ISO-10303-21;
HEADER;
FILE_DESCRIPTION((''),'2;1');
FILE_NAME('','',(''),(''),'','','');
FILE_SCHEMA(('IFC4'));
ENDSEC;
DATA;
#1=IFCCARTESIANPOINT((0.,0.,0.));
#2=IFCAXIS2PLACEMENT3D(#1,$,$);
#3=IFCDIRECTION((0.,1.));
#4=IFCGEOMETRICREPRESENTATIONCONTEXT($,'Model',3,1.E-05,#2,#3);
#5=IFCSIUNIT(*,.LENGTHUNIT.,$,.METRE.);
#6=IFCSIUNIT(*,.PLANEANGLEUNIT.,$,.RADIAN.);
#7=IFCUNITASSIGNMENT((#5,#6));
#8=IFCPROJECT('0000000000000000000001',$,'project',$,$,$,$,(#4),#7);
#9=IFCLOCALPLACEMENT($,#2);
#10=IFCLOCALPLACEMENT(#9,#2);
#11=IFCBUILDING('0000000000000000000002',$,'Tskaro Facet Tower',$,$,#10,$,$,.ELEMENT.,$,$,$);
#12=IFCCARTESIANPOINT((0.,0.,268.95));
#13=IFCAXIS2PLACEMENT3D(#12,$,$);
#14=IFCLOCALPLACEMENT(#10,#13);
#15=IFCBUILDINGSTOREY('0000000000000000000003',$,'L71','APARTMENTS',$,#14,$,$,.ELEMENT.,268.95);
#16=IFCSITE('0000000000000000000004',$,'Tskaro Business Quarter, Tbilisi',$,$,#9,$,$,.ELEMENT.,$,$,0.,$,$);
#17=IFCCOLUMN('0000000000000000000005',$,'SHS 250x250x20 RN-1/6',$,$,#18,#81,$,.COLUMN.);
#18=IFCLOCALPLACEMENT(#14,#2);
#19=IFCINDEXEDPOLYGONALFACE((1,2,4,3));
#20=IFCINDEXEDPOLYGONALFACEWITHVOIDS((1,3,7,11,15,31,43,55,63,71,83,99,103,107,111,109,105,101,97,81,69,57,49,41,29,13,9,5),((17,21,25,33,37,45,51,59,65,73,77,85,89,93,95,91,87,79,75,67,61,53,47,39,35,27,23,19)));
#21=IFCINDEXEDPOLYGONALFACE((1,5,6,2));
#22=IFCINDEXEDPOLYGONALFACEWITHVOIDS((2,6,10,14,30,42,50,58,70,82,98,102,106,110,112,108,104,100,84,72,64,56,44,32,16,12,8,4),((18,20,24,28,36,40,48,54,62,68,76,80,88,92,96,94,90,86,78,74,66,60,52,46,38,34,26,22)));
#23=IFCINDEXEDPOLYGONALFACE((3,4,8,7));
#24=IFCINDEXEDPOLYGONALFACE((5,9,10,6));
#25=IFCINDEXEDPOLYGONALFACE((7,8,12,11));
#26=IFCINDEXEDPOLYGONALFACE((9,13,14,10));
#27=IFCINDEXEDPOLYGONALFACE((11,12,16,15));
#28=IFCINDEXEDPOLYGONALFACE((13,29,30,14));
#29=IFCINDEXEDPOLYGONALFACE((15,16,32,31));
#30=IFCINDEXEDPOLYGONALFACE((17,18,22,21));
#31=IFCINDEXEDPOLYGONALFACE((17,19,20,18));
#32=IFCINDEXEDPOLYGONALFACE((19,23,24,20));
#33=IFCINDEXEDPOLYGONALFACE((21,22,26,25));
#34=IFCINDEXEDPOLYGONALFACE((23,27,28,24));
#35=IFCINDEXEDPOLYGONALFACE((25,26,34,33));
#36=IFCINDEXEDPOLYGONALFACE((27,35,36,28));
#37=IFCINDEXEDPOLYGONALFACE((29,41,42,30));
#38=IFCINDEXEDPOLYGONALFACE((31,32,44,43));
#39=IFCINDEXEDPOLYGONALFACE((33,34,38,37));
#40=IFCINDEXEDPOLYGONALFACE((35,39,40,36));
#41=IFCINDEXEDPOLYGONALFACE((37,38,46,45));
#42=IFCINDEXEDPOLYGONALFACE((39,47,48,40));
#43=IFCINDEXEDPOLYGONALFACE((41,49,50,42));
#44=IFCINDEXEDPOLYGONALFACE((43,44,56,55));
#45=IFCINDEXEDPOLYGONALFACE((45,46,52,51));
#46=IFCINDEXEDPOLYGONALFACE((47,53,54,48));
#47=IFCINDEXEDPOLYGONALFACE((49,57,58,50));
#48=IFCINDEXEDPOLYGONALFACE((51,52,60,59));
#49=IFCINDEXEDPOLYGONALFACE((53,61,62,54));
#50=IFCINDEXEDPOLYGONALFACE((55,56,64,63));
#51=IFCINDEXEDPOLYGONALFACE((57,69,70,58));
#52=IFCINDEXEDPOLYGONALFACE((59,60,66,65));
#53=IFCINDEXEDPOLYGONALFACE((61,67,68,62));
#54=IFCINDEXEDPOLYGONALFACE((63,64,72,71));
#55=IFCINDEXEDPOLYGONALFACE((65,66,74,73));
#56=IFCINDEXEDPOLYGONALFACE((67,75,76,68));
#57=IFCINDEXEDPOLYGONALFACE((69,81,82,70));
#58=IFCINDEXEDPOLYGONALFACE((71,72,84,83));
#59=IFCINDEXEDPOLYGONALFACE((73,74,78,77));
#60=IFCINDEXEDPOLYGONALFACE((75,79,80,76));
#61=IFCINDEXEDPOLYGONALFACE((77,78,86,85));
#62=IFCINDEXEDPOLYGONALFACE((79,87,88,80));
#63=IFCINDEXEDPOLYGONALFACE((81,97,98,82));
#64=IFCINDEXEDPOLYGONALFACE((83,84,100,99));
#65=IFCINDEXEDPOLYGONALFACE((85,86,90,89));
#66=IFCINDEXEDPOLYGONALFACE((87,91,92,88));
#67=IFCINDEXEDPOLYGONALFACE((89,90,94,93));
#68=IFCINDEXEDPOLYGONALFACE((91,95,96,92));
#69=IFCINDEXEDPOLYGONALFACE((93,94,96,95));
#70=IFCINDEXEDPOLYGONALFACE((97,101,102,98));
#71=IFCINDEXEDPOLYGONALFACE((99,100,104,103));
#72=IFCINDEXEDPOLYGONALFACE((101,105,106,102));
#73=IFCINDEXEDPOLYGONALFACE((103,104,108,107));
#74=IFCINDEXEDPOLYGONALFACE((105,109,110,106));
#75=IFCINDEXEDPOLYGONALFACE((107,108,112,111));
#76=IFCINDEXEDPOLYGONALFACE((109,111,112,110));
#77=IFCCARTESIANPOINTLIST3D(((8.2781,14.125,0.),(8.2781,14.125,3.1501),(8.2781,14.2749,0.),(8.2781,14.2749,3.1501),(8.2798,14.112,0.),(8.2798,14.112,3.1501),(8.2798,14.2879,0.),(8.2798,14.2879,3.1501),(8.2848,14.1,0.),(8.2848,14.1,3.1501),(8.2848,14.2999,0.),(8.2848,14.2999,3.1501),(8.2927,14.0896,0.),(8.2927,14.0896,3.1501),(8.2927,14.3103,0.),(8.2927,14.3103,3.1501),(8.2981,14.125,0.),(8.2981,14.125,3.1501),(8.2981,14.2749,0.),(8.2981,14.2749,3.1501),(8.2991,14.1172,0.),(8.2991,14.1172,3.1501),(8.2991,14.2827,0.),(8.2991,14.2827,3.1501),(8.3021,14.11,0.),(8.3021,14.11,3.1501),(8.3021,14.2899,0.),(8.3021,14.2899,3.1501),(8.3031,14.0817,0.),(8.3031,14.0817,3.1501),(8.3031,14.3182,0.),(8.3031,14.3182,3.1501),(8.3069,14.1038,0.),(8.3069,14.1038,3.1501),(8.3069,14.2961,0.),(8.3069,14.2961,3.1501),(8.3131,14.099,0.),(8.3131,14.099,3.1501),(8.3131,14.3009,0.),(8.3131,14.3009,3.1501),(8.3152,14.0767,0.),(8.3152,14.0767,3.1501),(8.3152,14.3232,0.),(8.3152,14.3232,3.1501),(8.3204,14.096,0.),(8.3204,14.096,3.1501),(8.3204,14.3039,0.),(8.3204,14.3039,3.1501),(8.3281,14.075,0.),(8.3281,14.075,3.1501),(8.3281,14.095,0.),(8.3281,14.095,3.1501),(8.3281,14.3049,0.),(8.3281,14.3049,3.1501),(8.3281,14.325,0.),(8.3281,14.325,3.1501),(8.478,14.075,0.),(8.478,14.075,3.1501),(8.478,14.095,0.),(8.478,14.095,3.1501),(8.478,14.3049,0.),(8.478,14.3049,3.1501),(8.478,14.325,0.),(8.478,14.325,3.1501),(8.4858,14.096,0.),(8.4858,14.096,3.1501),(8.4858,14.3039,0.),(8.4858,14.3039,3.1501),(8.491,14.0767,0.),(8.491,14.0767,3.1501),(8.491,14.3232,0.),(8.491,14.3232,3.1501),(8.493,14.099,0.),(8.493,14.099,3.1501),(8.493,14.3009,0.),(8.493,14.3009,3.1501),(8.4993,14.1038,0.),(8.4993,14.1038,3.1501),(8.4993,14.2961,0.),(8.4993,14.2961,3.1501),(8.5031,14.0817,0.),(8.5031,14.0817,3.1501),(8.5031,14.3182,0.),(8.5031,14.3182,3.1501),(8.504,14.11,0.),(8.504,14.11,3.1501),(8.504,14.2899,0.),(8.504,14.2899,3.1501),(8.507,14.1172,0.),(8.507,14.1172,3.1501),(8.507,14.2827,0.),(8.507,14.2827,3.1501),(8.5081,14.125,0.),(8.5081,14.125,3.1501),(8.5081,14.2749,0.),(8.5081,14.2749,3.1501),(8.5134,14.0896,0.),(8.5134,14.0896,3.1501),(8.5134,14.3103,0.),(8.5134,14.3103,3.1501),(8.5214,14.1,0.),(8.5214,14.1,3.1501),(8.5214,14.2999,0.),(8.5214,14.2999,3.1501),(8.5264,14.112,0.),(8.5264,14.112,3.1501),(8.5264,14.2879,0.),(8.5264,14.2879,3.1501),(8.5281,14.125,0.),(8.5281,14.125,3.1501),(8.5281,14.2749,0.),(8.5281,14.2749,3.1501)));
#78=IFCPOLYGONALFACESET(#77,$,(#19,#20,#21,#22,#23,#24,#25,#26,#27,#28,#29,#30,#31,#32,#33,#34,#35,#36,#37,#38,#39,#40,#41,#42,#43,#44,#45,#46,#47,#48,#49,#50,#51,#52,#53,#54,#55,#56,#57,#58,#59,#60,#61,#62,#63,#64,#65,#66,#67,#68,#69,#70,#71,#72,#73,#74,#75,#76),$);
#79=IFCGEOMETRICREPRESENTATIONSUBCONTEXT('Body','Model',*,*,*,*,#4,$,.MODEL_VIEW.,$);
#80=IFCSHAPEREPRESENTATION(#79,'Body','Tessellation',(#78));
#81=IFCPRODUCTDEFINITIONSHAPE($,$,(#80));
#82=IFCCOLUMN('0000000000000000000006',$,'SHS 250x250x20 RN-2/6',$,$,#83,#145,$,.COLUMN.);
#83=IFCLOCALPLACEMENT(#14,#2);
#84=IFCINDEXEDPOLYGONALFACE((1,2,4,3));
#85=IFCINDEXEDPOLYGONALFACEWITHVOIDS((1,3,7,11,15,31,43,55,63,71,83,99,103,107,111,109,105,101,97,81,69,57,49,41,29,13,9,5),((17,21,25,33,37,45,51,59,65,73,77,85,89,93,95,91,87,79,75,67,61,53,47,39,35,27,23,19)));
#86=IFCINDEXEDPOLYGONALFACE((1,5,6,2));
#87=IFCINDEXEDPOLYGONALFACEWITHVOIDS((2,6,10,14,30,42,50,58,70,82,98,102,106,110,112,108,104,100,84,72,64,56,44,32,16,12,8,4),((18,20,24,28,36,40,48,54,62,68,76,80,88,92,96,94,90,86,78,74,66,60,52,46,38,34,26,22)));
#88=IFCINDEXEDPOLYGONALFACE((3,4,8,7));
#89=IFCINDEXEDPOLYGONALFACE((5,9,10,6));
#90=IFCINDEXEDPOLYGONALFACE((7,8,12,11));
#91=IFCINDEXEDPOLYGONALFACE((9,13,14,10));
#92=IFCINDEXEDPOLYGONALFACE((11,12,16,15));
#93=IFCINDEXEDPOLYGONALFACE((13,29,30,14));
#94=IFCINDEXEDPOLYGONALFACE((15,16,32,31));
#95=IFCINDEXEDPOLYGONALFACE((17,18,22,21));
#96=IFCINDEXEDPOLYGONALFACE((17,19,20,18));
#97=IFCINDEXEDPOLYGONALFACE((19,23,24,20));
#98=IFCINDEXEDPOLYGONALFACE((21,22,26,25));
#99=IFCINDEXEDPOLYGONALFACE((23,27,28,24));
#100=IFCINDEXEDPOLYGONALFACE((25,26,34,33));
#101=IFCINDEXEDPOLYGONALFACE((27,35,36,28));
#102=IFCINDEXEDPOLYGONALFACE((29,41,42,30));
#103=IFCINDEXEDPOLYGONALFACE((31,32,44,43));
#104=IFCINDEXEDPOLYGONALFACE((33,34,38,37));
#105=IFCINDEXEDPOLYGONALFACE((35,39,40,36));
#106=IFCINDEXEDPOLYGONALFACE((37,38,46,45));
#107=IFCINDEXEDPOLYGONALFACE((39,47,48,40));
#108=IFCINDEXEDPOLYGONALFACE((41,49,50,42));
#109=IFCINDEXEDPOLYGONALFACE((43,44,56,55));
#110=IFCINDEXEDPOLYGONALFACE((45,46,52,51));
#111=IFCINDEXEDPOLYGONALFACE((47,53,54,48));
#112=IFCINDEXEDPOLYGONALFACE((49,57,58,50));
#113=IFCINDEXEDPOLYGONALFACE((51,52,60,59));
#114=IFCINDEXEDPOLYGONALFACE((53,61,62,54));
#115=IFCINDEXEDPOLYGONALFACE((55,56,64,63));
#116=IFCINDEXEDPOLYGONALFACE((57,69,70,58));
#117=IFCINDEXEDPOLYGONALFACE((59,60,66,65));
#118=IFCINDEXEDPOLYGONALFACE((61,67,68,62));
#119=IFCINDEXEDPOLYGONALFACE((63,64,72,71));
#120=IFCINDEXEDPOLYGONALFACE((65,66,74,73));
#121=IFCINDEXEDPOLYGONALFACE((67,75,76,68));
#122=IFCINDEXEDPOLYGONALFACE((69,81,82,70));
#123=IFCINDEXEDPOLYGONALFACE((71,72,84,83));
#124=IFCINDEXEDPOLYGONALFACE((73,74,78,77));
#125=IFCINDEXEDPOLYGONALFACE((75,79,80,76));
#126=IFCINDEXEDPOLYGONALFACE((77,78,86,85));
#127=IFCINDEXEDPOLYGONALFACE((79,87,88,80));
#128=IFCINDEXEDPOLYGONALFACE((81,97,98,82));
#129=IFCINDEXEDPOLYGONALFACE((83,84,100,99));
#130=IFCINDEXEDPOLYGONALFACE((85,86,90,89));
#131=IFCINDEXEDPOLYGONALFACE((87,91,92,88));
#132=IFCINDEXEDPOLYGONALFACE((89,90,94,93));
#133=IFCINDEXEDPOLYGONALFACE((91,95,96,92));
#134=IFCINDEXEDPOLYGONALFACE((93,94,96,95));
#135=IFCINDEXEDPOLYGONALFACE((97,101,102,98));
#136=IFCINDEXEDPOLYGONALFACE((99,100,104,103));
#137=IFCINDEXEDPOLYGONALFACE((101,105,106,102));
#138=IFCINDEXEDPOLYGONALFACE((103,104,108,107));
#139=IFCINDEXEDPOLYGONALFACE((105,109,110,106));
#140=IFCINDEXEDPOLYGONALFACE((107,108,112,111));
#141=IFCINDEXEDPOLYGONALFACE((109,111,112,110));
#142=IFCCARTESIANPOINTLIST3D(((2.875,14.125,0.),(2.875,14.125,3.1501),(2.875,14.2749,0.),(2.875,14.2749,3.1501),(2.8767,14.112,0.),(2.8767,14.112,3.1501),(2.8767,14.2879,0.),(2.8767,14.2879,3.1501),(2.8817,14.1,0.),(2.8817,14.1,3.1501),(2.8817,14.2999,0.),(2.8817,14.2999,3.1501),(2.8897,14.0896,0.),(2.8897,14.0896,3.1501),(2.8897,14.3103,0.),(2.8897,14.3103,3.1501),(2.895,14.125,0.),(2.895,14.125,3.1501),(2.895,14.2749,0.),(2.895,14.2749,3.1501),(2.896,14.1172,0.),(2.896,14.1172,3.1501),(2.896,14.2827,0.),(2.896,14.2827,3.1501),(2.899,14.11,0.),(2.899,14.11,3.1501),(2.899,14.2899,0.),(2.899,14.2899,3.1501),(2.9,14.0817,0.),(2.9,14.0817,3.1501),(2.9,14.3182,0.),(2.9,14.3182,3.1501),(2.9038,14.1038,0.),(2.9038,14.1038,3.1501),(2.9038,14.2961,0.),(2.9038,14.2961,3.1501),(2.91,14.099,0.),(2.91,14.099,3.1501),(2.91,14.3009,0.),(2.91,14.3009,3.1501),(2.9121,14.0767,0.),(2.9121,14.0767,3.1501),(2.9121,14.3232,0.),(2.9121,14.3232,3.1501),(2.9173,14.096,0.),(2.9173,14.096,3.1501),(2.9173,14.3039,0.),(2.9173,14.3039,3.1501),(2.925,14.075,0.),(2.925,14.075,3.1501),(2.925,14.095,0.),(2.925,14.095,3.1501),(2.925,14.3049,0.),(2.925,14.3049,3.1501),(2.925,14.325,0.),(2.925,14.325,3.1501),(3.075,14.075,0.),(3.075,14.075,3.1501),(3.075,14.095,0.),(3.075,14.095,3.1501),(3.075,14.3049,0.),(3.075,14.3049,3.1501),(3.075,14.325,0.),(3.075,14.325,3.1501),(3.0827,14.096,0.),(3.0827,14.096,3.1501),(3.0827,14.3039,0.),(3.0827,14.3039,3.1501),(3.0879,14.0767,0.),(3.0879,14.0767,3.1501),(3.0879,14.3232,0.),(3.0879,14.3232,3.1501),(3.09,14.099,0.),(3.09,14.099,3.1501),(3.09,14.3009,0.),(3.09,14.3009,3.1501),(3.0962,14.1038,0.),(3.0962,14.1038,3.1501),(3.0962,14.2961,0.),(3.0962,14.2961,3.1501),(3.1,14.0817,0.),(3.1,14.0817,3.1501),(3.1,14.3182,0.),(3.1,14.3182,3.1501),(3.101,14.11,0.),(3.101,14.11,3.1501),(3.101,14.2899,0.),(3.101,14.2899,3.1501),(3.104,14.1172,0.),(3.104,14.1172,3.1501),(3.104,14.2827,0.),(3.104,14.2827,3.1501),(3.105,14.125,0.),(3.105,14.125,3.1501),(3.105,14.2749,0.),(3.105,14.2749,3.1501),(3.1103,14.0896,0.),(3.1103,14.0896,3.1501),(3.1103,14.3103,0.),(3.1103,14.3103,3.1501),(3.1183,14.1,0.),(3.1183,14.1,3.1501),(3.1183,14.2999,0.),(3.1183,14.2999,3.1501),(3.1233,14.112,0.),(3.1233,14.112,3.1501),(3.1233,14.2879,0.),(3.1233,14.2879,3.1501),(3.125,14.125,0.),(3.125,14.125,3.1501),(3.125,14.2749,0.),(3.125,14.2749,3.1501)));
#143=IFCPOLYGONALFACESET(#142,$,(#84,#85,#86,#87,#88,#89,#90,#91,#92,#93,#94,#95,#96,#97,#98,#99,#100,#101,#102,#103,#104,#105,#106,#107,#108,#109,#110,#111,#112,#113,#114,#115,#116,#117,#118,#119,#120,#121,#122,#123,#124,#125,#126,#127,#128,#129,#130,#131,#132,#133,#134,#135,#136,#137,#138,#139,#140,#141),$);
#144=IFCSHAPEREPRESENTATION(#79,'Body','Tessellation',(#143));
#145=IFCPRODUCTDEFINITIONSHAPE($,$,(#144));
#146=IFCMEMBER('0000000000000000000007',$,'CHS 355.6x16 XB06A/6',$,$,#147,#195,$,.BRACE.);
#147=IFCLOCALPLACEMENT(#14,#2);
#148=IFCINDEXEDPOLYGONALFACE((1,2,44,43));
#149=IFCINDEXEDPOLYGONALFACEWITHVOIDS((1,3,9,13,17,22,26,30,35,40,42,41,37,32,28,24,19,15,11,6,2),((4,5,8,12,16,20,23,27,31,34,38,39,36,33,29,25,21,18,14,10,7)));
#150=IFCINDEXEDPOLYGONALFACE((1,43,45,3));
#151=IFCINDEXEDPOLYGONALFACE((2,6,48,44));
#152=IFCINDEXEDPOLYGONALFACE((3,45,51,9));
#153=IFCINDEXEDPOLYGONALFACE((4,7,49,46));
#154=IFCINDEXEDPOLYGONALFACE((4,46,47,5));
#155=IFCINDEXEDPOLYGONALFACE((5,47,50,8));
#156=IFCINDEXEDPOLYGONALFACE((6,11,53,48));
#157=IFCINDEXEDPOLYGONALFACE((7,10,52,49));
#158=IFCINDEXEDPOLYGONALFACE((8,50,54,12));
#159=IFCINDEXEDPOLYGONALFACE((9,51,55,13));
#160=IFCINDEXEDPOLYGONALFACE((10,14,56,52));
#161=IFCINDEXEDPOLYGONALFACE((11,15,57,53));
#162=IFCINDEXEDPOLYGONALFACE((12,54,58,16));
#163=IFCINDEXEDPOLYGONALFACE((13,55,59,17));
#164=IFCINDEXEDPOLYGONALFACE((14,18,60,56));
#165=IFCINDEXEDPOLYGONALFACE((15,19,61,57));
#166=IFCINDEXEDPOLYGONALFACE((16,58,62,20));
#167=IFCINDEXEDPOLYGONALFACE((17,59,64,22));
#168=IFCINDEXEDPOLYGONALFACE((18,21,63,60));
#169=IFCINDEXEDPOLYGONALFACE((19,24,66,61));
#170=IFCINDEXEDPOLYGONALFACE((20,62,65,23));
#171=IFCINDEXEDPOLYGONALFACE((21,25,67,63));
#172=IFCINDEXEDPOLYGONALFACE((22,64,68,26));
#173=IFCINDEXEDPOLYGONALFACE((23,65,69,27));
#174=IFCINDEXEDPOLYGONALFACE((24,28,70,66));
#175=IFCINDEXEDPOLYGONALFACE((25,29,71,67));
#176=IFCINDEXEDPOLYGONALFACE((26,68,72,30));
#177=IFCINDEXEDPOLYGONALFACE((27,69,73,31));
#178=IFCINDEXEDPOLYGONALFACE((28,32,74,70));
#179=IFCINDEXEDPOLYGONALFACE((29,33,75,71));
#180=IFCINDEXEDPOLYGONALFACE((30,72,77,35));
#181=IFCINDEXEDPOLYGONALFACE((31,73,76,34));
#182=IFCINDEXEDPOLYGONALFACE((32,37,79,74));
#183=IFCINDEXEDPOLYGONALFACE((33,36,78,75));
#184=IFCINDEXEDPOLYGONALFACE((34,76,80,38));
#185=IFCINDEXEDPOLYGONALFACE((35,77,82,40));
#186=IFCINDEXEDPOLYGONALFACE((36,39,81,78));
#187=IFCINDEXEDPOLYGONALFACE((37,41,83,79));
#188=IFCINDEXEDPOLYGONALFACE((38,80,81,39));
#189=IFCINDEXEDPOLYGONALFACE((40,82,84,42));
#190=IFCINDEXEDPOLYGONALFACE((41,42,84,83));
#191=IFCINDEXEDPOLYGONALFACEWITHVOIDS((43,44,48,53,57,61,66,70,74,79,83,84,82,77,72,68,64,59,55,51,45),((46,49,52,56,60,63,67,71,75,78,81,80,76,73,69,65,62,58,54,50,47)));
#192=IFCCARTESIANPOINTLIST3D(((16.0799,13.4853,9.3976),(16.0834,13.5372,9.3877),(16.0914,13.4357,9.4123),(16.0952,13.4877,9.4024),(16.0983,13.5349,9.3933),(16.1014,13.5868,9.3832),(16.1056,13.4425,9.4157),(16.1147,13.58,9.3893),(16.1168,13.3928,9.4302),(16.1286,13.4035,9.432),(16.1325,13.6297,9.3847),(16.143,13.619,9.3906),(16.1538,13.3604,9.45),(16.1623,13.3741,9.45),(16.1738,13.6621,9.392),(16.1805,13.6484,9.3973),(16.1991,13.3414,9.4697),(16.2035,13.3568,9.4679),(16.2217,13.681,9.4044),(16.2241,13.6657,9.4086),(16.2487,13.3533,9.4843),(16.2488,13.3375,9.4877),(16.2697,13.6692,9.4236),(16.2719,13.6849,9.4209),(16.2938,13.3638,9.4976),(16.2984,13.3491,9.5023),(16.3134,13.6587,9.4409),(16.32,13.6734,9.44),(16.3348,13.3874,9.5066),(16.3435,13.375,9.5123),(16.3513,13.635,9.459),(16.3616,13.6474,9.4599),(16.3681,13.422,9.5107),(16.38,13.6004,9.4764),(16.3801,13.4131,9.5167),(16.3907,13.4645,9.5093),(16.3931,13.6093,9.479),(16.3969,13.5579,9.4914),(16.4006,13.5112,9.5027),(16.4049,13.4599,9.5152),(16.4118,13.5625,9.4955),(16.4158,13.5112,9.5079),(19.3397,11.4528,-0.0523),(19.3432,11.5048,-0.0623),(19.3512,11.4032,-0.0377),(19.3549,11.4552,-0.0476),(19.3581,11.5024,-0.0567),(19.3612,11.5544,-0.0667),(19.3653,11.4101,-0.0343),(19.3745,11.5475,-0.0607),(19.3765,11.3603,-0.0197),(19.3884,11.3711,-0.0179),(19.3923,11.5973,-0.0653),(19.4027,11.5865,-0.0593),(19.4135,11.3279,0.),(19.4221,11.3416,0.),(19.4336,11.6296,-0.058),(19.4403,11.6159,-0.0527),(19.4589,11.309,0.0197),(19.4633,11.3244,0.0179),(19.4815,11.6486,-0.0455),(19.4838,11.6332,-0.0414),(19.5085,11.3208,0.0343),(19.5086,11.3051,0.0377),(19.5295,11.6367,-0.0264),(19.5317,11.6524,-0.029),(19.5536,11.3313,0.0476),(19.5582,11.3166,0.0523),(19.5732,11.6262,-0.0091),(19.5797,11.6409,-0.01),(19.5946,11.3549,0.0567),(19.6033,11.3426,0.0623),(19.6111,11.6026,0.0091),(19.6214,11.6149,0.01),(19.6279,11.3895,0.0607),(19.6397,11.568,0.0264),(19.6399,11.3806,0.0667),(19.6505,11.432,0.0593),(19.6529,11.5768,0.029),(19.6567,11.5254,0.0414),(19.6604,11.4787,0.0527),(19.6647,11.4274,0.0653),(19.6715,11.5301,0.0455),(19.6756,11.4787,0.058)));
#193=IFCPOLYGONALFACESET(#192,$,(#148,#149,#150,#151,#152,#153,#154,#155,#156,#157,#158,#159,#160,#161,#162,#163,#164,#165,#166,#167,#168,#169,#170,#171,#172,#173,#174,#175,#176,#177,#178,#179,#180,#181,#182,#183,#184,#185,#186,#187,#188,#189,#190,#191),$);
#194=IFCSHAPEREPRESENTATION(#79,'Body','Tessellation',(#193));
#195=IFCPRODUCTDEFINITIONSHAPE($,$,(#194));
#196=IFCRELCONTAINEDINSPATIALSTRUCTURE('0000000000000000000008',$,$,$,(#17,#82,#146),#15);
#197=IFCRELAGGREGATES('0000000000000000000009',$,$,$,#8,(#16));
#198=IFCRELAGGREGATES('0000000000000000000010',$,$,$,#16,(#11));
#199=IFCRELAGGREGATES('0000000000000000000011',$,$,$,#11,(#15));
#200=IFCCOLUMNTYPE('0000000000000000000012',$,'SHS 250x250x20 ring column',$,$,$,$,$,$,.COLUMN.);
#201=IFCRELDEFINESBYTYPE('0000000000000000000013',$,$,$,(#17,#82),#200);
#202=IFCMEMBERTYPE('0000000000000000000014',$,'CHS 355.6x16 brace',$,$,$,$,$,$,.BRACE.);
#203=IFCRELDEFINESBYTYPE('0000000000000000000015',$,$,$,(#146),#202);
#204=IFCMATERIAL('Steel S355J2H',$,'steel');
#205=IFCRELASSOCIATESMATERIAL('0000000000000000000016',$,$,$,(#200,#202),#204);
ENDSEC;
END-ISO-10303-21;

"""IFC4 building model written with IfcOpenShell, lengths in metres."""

from ifc_helpers import new_model, si_unit, direction, frame, origin, origin_2d, place, context, subcontext, project, spatial, hollow_rectangle, hollow_circle, extrude, material, material_profile, profile_set, type_object, element, save


model = new_model("IFC4")

# Units and contexts
model_context = context("Model", 3, precision=1e-05, world=origin(), true_north=direction((0.0, 1.0)))
body_context = subcontext(model_context, "Body", "Model", "MODEL_VIEW")
ifc_project = project(units=[si_unit("LENGTHUNIT", "METRE"), si_unit("PLANEANGLEUNIT", "RADIAN")], contexts=[model_context])

# Site, building, storey
site_placement = place(None, origin())
site = spatial("IfcSite", under=ifc_project, at=site_placement, Name="Tskaro Business Quarter, Tbilisi", CompositionType="ELEMENT", RefElevation=0.0)
building_placement = place(site_placement, origin())
building = spatial("IfcBuilding", under=site, at=building_placement, Name="Tskaro Facet Tower", CompositionType="ELEMENT")
storey_placement = place(building_placement, frame((0.0, 0.0, 268.95)))
storey = spatial("IfcBuildingStorey", under=building, at=storey_placement, Name="L71", Description="APARTMENTS", CompositionType="ELEMENT", Elevation=268.95)

# Columns
ifc_material_1 = material(Name="Steel S355J2H", Category="steel")
ifc_material_profile_1 = material_profile(ifc_material_1, hollow_rectangle(XDim=0.25, YDim=0.25, WallThickness=0.02, InnerFilletRadius=0.03, OuterFilletRadius=0.05, at=origin_2d()), Name="SHS 250x250x20")
ifc_profile_set_1 = profile_set([ifc_material_profile_1], Name="Steel S355J2H")
column_type_1 = type_object("IfcColumnType", Name="SHS 250x250x20 ring column", PredefinedType="COLUMN", material=ifc_profile_set_1)
for number, where, z_axis, x_axis, name in (
    (1, (8.4031, 14.2, 0.0), (0.0, 0.0, 1.0), (1.0, 0.0, 0.0), "SHS 250x250x20 RN-1/6"),
    (2, (3.0, 14.2, 0.0), (0.0, 0.0, 1.0), (1.0, 0.0, 0.0), "SHS 250x250x20 RN-2/6"),
):
    element("IfcColumn", number, at=place(storey_placement, frame(where, z_axis=z_axis, x_axis=x_axis)), inside=storey, type_object=column_type_1, Name=name, PredefinedType="COLUMN", context=body_context, shape_type="SweptSolid", body=[
        extrude(hollow_rectangle(XDim=0.25, YDim=0.25, WallThickness=0.02, InnerFilletRadius=0.03, OuterFilletRadius=0.05, at=origin_2d()), origin(), (0.0, 0.0, 1.0), 3.1501),
    ])

# Member
ifc_material_profile_2 = material_profile(ifc_material_1, hollow_circle(Radius=0.1777, WallThickness=0.0161, at=origin_2d()), Name="CHS 355.6x16")
ifc_profile_set_2 = profile_set([ifc_material_profile_2], Name="Steel S355J2H")
member_type_1 = type_object("IfcMemberType", Name="CHS 355.6x16 brace", PredefinedType="BRACE", material=ifc_profile_set_2)
for number, where, z_axis, x_axis, name in (
    (3, (19.5076, 11.4788, 0.0), (-0.319556, 0.199244, 0.926383), (-0.529085, -0.848569, 0.0), "CHS 355.6x16 XB06A/6"),
):
    element("IfcMember", number, at=place(storey_placement, frame(where, z_axis=z_axis, x_axis=x_axis)), inside=storey, type_object=member_type_1, Name=name, PredefinedType="BRACE", context=body_context, shape_type="SweptSolid", body=[
        extrude(hollow_circle(Radius=0.1777, WallThickness=0.0161, at=origin_2d()), origin(), (0.0, 0.0, 1.0), 10.2009),
    ])

save(model, "model.ifc")
